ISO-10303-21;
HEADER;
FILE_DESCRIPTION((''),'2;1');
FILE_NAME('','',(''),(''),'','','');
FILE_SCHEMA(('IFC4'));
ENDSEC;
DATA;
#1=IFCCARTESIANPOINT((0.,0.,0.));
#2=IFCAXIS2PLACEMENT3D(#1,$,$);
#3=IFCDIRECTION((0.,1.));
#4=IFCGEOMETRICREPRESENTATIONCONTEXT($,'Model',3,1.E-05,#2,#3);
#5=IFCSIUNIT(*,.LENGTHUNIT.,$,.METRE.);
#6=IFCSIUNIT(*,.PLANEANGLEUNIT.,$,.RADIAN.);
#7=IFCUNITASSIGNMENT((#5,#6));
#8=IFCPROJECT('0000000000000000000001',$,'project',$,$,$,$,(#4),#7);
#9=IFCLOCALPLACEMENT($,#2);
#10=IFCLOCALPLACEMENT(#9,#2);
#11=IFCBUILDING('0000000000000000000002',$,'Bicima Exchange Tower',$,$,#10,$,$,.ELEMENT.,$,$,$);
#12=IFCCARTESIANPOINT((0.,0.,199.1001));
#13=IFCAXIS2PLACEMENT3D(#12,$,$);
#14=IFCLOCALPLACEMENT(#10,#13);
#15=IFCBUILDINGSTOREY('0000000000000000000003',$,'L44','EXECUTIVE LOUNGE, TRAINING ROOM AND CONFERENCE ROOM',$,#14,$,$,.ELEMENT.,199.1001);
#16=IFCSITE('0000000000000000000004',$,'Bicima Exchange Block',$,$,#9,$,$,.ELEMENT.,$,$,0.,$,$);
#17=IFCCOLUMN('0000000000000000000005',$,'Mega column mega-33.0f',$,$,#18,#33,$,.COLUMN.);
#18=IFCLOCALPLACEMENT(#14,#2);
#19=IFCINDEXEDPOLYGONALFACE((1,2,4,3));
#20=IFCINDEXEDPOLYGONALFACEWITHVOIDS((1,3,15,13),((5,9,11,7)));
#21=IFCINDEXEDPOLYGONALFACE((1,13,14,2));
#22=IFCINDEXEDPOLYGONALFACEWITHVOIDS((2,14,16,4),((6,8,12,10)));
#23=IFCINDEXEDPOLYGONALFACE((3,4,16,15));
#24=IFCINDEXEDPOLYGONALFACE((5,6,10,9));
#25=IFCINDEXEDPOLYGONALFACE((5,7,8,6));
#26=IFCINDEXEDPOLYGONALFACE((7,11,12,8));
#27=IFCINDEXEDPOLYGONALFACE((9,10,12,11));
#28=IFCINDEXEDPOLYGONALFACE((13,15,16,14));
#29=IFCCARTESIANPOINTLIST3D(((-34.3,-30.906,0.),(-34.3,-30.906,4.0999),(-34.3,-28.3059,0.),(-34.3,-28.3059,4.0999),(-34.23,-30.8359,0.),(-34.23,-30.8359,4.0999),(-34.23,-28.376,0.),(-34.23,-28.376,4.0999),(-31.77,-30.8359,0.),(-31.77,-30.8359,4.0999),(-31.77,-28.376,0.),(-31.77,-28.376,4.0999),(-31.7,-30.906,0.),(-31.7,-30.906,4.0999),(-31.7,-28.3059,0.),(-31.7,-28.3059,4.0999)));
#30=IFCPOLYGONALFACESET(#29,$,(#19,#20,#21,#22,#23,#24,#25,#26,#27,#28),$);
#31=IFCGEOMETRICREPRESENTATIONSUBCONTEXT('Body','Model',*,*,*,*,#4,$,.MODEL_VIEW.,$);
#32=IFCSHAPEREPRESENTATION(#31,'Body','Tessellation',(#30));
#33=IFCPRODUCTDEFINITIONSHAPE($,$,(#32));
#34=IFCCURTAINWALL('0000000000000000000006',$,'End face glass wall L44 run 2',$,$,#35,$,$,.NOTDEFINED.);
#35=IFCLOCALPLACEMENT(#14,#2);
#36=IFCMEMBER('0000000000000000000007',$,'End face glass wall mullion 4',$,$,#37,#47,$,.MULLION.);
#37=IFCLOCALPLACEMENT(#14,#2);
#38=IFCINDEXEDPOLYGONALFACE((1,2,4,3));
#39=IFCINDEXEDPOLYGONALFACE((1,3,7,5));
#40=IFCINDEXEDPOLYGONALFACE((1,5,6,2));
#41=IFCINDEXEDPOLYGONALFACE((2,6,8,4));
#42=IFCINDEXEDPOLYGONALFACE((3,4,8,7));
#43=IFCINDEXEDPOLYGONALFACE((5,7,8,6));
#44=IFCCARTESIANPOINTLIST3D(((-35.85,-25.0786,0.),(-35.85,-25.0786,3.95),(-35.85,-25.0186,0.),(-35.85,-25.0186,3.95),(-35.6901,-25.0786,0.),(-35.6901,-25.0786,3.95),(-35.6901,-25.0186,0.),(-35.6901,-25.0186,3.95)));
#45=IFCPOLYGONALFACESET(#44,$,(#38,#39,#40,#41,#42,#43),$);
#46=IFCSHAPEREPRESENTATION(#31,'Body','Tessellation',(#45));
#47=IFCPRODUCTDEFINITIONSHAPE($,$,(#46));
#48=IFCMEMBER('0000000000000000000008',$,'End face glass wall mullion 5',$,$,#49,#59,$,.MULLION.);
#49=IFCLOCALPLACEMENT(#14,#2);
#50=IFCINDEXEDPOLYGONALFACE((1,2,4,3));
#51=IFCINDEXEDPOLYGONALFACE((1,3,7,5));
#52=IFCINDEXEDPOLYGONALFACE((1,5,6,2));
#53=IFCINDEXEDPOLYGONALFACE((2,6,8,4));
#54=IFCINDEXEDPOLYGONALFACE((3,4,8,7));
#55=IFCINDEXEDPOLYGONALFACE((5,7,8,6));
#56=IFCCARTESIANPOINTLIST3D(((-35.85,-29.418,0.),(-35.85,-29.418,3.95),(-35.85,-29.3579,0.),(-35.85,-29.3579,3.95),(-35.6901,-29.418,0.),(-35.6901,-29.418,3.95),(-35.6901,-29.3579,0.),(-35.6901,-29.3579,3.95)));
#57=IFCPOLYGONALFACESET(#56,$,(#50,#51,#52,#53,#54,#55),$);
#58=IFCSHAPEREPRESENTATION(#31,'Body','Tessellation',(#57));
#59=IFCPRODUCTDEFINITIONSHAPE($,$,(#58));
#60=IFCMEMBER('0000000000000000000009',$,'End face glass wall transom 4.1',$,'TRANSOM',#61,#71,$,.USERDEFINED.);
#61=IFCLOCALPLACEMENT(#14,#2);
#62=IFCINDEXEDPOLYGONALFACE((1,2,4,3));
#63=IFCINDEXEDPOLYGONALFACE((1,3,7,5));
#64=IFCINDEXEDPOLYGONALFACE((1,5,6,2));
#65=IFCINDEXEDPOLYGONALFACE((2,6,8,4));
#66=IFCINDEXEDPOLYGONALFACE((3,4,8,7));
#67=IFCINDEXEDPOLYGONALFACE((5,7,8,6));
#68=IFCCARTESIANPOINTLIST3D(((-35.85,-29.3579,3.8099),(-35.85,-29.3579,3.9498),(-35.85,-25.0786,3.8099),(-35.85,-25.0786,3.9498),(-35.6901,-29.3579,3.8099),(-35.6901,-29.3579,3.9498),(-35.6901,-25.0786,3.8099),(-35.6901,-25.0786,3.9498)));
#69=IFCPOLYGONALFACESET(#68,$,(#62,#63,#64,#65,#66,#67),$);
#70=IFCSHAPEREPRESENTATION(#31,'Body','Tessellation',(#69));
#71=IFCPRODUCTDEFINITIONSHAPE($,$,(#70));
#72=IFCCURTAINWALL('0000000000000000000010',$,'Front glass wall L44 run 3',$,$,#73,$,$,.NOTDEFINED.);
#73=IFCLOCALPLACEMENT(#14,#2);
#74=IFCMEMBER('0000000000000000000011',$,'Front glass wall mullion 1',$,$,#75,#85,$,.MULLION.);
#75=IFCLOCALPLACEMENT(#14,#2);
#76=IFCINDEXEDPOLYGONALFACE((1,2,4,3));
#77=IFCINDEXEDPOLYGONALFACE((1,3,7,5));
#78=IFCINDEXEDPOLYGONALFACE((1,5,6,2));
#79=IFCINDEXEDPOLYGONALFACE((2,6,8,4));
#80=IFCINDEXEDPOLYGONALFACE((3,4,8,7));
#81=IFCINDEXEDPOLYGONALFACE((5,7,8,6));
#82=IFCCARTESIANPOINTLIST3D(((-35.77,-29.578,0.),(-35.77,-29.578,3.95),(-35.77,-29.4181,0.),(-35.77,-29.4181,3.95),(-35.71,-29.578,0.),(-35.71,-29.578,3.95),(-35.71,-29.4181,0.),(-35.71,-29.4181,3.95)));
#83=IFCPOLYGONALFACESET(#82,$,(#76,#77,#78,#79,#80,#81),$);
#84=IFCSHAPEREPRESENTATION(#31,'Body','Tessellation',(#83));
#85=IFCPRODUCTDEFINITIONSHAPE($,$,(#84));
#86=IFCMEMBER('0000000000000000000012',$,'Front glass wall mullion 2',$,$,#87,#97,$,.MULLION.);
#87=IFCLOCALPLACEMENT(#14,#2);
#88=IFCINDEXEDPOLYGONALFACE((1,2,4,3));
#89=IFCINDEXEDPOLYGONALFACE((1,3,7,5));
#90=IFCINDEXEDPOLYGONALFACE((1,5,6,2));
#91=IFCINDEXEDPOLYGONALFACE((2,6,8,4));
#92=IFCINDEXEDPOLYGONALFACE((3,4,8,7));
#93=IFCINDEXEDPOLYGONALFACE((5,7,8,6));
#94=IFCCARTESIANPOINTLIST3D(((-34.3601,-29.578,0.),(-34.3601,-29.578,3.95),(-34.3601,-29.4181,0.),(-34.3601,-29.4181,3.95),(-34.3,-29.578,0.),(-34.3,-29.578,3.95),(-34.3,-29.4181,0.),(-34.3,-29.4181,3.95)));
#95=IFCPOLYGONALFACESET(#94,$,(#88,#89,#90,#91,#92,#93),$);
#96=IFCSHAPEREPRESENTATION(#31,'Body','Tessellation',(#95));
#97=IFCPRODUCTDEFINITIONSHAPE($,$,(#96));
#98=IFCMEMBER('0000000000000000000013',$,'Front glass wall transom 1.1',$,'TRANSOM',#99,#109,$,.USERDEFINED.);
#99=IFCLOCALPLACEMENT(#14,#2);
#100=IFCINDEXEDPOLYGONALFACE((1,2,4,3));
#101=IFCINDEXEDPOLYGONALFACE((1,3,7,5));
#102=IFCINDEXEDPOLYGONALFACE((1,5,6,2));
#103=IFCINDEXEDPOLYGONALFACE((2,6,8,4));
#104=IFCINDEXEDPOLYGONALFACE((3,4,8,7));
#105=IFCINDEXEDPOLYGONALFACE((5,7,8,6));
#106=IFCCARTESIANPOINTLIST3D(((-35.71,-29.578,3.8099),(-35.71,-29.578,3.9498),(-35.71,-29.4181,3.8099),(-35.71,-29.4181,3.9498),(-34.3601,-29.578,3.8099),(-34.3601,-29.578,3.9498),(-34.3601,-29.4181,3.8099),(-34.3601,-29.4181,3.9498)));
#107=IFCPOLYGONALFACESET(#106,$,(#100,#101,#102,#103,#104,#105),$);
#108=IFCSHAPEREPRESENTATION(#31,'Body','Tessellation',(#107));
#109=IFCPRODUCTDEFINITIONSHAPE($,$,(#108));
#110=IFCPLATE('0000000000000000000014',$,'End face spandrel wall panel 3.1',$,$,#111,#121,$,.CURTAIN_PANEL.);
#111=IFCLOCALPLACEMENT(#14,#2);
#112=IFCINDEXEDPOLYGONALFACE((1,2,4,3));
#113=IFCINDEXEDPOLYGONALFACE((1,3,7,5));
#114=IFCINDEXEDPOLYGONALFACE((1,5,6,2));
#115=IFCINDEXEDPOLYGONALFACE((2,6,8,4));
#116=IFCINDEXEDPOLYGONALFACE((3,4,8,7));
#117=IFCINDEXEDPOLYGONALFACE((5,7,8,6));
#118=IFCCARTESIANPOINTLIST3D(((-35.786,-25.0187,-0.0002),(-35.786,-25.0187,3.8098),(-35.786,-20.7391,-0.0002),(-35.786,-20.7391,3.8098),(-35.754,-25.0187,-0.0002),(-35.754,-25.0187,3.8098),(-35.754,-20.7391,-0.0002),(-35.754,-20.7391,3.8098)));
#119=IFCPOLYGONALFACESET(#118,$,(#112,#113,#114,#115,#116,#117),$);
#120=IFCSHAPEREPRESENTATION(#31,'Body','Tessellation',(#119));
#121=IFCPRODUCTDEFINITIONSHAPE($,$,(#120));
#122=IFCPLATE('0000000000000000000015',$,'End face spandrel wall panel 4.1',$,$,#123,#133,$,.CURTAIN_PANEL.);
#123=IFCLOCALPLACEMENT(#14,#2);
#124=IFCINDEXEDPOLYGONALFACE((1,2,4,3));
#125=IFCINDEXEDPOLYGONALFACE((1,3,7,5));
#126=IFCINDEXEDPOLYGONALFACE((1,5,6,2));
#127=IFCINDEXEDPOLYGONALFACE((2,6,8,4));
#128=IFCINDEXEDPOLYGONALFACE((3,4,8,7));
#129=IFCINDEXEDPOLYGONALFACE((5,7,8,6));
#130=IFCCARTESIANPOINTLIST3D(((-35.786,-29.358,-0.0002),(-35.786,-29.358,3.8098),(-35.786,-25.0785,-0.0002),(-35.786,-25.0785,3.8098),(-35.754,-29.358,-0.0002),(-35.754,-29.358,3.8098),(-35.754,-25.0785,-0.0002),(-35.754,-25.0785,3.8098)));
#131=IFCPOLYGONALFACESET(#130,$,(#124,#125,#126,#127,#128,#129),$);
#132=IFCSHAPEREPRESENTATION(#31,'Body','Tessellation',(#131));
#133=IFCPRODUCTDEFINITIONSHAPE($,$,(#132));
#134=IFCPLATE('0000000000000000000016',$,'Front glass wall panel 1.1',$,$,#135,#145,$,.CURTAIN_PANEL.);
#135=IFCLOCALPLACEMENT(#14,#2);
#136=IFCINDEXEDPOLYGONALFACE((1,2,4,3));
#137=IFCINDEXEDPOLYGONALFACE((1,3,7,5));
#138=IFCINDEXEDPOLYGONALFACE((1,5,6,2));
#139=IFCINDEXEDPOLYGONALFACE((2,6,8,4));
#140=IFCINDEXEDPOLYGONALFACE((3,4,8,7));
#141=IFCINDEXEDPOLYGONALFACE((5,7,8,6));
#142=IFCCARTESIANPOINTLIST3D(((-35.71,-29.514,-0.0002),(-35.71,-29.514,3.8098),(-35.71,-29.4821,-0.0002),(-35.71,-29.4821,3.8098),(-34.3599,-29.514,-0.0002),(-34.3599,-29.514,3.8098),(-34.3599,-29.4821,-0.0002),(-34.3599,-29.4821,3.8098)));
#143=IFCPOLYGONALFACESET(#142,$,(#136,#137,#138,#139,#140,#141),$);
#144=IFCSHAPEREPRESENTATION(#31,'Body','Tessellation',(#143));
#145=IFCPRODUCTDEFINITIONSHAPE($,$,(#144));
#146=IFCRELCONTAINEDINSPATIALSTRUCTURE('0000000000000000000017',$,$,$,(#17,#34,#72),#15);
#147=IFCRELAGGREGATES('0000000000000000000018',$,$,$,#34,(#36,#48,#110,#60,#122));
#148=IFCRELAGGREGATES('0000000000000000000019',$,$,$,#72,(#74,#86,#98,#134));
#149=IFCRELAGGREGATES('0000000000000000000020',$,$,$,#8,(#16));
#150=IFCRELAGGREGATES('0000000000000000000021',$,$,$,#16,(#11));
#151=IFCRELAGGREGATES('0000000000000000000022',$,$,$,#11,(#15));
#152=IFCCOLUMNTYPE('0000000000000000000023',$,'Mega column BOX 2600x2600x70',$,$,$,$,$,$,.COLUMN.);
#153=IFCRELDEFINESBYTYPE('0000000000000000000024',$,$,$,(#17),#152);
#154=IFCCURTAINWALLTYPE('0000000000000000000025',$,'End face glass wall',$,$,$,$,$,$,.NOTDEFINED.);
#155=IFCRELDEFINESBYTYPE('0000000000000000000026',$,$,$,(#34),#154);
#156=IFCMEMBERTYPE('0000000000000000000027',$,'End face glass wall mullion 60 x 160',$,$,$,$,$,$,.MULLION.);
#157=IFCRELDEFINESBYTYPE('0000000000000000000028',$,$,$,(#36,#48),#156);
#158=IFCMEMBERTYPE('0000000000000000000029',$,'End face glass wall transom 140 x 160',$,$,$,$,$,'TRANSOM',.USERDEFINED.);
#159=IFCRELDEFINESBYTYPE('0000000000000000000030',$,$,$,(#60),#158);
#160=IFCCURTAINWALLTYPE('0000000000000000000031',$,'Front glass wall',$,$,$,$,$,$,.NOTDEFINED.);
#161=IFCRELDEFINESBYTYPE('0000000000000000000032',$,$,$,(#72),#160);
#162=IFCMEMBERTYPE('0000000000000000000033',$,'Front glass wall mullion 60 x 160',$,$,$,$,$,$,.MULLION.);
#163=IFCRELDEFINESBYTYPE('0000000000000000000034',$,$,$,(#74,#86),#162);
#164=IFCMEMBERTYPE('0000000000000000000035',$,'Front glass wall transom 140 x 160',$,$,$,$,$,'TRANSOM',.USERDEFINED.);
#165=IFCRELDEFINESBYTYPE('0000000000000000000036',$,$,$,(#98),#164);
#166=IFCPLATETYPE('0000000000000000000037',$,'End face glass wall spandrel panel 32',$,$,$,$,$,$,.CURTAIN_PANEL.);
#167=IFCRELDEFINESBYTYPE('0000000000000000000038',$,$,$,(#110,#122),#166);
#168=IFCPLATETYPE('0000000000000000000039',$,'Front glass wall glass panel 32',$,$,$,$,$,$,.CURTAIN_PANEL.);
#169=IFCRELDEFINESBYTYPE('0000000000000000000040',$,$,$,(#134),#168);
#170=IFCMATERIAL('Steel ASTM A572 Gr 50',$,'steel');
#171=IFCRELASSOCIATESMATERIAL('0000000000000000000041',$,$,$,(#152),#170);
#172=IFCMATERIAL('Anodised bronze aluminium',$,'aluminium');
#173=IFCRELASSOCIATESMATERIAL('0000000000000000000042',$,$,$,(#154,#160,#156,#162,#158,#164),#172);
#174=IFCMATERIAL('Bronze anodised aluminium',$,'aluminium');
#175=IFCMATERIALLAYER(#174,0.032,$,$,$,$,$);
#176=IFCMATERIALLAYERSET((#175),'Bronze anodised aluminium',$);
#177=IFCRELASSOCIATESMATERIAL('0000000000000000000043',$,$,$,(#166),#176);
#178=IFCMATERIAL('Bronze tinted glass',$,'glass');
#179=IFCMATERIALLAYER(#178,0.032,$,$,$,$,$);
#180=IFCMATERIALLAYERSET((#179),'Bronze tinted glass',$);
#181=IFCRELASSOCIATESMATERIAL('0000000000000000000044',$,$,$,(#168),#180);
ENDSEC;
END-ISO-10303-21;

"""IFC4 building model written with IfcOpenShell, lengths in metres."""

from ifc_helpers import new_model, si_unit, direction, frame, origin, origin_2d, place, context, subcontext, project, spatial, rectangle, hollow_rectangle, extrude, material, layer, layer_set, material_profile, profile_set, type_object, element, aggregate, save


model = new_model("IFC4")

# Units and contexts
model_context = context("Model", 3, precision=1e-05, world=origin(), true_north=direction((0.0, 1.0)))
body_context = subcontext(model_context, "Body", "Model", "MODEL_VIEW")
ifc_project = project(units=[si_unit("LENGTHUNIT", "METRE"), si_unit("PLANEANGLEUNIT", "RADIAN")], contexts=[model_context])

# Site, building, storey
site_placement = place(None, origin())
site = spatial("IfcSite", under=ifc_project, at=site_placement, Name="Bicima Exchange Block", CompositionType="ELEMENT", RefElevation=0.0)
building_placement = place(site_placement, origin())
building = spatial("IfcBuilding", under=site, at=building_placement, Name="Bicima Exchange Tower", CompositionType="ELEMENT")
storey_placement = place(building_placement, frame((0.0, 0.0, 199.1001)))
storey = spatial("IfcBuildingStorey", under=building, at=storey_placement, Name="L44", Description="EXECUTIVE LOUNGE, TRAINING ROOM AND CONFERENCE ROOM", CompositionType="ELEMENT", Elevation=199.1001)

# Column
ifc_material_1 = material(Name="Steel ASTM A572 Gr 50", Category="steel")
ifc_material_profile_1 = material_profile(ifc_material_1, hollow_rectangle(XDim=2.6001, YDim=2.6001, WallThickness=0.0701, at=origin_2d()))
ifc_profile_set_1 = profile_set([ifc_material_profile_1], Name="Steel ASTM A572 Gr 50")
column_type = type_object("IfcColumnType", Name="Mega column BOX 2600x2600x70", PredefinedType="COLUMN", material=ifc_profile_set_1)
column_placement = place(storey_placement, frame((-33.0, -29.606, 0.0), z_axis=(0.0, 0.0, 1.0), x_axis=(1.0, 0.0, 0.0)))
element("IfcColumn", 1, at=column_placement, inside=storey, type_object=column_type, Name="Mega column mega-33.0f", PredefinedType="COLUMN", context=body_context, shape_type="SweptSolid", body=[
    extrude(hollow_rectangle(XDim=2.6001, YDim=2.6001, WallThickness=0.0701, at=origin_2d()), origin(), (0.0, 0.0, 1.0), 4.0999),
])

# Curtain walls, members
ifc_material_2 = material(Name="Anodised bronze aluminium", Category="aluminium")
curtain_wall_type_1 = type_object("IfcCurtainWallType", Name="End face glass wall", PredefinedType="NOTDEFINED", material=ifc_material_2)
curtain_wall_1_placement = place(storey_placement, origin())
curtain_wall_1 = element("IfcCurtainWall", 2, at=curtain_wall_1_placement, inside=storey, type_object=curtain_wall_type_1, Name="End face glass wall L44 run 2", PredefinedType="NOTDEFINED")
ifc_material_profile_2 = material_profile(ifc_material_2, rectangle(XDim=0.1599, YDim=0.0601, at=origin_2d()))
ifc_profile_set_2 = profile_set([ifc_material_profile_2], Name="Anodised bronze aluminium")
member_type_1 = type_object("IfcMemberType", Name="End face glass wall mullion 60 x 160", PredefinedType="MULLION", material=ifc_profile_set_2)
member_1_placement = place(storey_placement, frame((-35.77, -25.0486, 0.0), z_axis=(0.0, 0.0, 1.0), x_axis=(1.0, 0.0, 0.0)))
member_1 = element("IfcMember", 3, at=member_1_placement, type_object=member_type_1, Name="End face glass wall mullion 4", PredefinedType="MULLION", context=body_context, shape_type="SweptSolid", body=[
    extrude(rectangle(XDim=0.1599, YDim=0.0601, at=origin_2d()), origin(), (0.0, 0.0, 1.0), 3.95),
])
member_2_placement = place(storey_placement, frame((-35.77, -29.3879, 0.0), z_axis=(0.0, 0.0, 1.0), x_axis=(1.0, 0.0, 0.0)))
member_2 = element("IfcMember", 4, at=member_2_placement, type_object=member_type_1, Name="End face glass wall mullion 5", PredefinedType="MULLION", context=body_context, shape_type="SweptSolid", body=[
    extrude(rectangle(XDim=0.1599, YDim=0.0601, at=origin_2d()), origin(), (0.0, 0.0, 1.0), 3.95),
])
ifc_material_profile_3 = material_profile(ifc_material_2, rectangle(XDim=0.1599, YDim=0.1399, at=origin_2d()))
ifc_profile_set_3 = profile_set([ifc_material_profile_3], Name="Anodised bronze aluminium")
member_type_2 = type_object("IfcMemberType", Name="End face glass wall transom 140 x 160", ElementType="TRANSOM", PredefinedType="USERDEFINED", material=ifc_profile_set_3)
member_3_placement = place(storey_placement, frame((-35.77, -25.0786, 3.8799), z_axis=(0.0, -1.0, 0.0), x_axis=(1.0, 0.0, 0.0)))
member_3 = element("IfcMember", 5, at=member_3_placement, type_object=member_type_2, Name="End face glass wall transom 4.1", ObjectType="TRANSOM", PredefinedType="USERDEFINED", context=body_context, shape_type="SweptSolid", body=[
    extrude(rectangle(XDim=0.1599, YDim=0.1399, at=origin_2d()), origin(), (0.0, 0.0, 1.0), 4.2793),
])
curtain_wall_type_2 = type_object("IfcCurtainWallType", Name="Front glass wall", PredefinedType="NOTDEFINED", material=ifc_material_2)
curtain_wall_2_placement = place(storey_placement, origin())
curtain_wall_2 = element("IfcCurtainWall", 6, at=curtain_wall_2_placement, inside=storey, type_object=curtain_wall_type_2, Name="Front glass wall L44 run 3", PredefinedType="NOTDEFINED")
member_type_3 = type_object("IfcMemberType", Name="Front glass wall mullion 60 x 160", PredefinedType="MULLION", material=ifc_profile_set_2)
member_4_placement = place(storey_placement, frame((-35.74, -29.498, 0.0), z_axis=(0.0, 0.0, 1.0), x_axis=(0.0, 1.0, 0.0)))
member_4 = element("IfcMember", 7, at=member_4_placement, type_object=member_type_3, Name="Front glass wall mullion 1", PredefinedType="MULLION", context=body_context, shape_type="SweptSolid", body=[
    extrude(rectangle(XDim=0.1599, YDim=0.0601, at=origin_2d()), origin(), (0.0, 0.0, 1.0), 3.95),
])
member_5_placement = place(storey_placement, frame((-34.3301, -29.498, 0.0), z_axis=(0.0, 0.0, 1.0), x_axis=(0.0, 1.0, 0.0)))
member_5 = element("IfcMember", 8, at=member_5_placement, type_object=member_type_3, Name="Front glass wall mullion 2", PredefinedType="MULLION", context=body_context, shape_type="SweptSolid", body=[
    extrude(rectangle(XDim=0.1599, YDim=0.0601, at=origin_2d()), origin(), (0.0, 0.0, 1.0), 3.95),
])
member_type_4 = type_object("IfcMemberType", Name="Front glass wall transom 140 x 160", ElementType="TRANSOM", PredefinedType="USERDEFINED", material=ifc_profile_set_3)
member_6_placement = place(storey_placement, frame((-35.71, -29.498, 3.8799), z_axis=(1.0, 0.0, 0.0), x_axis=(0.0, 1.0, 0.0)))
member_6 = element("IfcMember", 9, at=member_6_placement, type_object=member_type_4, Name="Front glass wall transom 1.1", ObjectType="TRANSOM", PredefinedType="USERDEFINED", context=body_context, shape_type="SweptSolid", body=[
    extrude(rectangle(XDim=0.1599, YDim=0.1399, at=origin_2d()), origin(), (0.0, 0.0, 1.0), 1.3499),
])

# Plates
ifc_material_3 = material(Name="Bronze anodised aluminium", Category="aluminium")
ifc_layer_1 = layer(ifc_material_3, 0.032)
ifc_layer_set_1 = layer_set([ifc_layer_1], Name="Bronze anodised aluminium")
plate_type_1 = type_object("IfcPlateType", Name="End face glass wall spandrel panel 32", PredefinedType="CURTAIN_PANEL", material=ifc_layer_set_1)
plate_1_placement = place(storey_placement, frame((-35.77, -22.8789, -0.0002), z_axis=(0.0, 0.0, 1.0), x_axis=(0.0, -1.0, 0.0)))
plate_1 = element("IfcPlate", 10, at=plate_1_placement, type_object=plate_type_1, Name="End face spandrel wall panel 3.1", PredefinedType="CURTAIN_PANEL", context=body_context, shape_type="SweptSolid", body=[
    extrude(rectangle(XDim=4.2795, YDim=0.032, at=origin_2d()), origin(), (0.0, 0.0, 1.0), 3.8101),
])
plate_2_placement = place(storey_placement, frame((-35.77, -27.2183, -0.0002), z_axis=(0.0, 0.0, 1.0), x_axis=(0.0, -1.0, 0.0)))
plate_2 = element("IfcPlate", 11, at=plate_2_placement, type_object=plate_type_1, Name="End face spandrel wall panel 4.1", PredefinedType="CURTAIN_PANEL", context=body_context, shape_type="SweptSolid", body=[
    extrude(rectangle(XDim=4.2795, YDim=0.032, at=origin_2d()), origin(), (0.0, 0.0, 1.0), 3.8101),
])
aggregate(curtain_wall_1, [member_1, member_2, plate_1, member_3, plate_2])
ifc_material_4 = material(Name="Bronze tinted glass", Category="glass")
ifc_layer_2 = layer(ifc_material_4, 0.032)
ifc_layer_set_2 = layer_set([ifc_layer_2], Name="Bronze tinted glass")
plate_type_2 = type_object("IfcPlateType", Name="Front glass wall glass panel 32", PredefinedType="CURTAIN_PANEL", material=ifc_layer_set_2)
plate_3_placement = place(storey_placement, frame((-35.0349, -29.498, -0.0002), z_axis=(0.0, 0.0, 1.0), x_axis=(1.0, 0.0, 0.0)))
plate_3 = element("IfcPlate", 12, at=plate_3_placement, type_object=plate_type_2, Name="Front glass wall panel 1.1", PredefinedType="CURTAIN_PANEL", context=body_context, shape_type="SweptSolid", body=[
    extrude(rectangle(XDim=1.3501, YDim=0.032, at=origin_2d()), origin(), (0.0, 0.0, 1.0), 3.8101),
])
aggregate(curtain_wall_2, [member_4, member_5, member_6, plate_3])

save(model, "model.ifc")
